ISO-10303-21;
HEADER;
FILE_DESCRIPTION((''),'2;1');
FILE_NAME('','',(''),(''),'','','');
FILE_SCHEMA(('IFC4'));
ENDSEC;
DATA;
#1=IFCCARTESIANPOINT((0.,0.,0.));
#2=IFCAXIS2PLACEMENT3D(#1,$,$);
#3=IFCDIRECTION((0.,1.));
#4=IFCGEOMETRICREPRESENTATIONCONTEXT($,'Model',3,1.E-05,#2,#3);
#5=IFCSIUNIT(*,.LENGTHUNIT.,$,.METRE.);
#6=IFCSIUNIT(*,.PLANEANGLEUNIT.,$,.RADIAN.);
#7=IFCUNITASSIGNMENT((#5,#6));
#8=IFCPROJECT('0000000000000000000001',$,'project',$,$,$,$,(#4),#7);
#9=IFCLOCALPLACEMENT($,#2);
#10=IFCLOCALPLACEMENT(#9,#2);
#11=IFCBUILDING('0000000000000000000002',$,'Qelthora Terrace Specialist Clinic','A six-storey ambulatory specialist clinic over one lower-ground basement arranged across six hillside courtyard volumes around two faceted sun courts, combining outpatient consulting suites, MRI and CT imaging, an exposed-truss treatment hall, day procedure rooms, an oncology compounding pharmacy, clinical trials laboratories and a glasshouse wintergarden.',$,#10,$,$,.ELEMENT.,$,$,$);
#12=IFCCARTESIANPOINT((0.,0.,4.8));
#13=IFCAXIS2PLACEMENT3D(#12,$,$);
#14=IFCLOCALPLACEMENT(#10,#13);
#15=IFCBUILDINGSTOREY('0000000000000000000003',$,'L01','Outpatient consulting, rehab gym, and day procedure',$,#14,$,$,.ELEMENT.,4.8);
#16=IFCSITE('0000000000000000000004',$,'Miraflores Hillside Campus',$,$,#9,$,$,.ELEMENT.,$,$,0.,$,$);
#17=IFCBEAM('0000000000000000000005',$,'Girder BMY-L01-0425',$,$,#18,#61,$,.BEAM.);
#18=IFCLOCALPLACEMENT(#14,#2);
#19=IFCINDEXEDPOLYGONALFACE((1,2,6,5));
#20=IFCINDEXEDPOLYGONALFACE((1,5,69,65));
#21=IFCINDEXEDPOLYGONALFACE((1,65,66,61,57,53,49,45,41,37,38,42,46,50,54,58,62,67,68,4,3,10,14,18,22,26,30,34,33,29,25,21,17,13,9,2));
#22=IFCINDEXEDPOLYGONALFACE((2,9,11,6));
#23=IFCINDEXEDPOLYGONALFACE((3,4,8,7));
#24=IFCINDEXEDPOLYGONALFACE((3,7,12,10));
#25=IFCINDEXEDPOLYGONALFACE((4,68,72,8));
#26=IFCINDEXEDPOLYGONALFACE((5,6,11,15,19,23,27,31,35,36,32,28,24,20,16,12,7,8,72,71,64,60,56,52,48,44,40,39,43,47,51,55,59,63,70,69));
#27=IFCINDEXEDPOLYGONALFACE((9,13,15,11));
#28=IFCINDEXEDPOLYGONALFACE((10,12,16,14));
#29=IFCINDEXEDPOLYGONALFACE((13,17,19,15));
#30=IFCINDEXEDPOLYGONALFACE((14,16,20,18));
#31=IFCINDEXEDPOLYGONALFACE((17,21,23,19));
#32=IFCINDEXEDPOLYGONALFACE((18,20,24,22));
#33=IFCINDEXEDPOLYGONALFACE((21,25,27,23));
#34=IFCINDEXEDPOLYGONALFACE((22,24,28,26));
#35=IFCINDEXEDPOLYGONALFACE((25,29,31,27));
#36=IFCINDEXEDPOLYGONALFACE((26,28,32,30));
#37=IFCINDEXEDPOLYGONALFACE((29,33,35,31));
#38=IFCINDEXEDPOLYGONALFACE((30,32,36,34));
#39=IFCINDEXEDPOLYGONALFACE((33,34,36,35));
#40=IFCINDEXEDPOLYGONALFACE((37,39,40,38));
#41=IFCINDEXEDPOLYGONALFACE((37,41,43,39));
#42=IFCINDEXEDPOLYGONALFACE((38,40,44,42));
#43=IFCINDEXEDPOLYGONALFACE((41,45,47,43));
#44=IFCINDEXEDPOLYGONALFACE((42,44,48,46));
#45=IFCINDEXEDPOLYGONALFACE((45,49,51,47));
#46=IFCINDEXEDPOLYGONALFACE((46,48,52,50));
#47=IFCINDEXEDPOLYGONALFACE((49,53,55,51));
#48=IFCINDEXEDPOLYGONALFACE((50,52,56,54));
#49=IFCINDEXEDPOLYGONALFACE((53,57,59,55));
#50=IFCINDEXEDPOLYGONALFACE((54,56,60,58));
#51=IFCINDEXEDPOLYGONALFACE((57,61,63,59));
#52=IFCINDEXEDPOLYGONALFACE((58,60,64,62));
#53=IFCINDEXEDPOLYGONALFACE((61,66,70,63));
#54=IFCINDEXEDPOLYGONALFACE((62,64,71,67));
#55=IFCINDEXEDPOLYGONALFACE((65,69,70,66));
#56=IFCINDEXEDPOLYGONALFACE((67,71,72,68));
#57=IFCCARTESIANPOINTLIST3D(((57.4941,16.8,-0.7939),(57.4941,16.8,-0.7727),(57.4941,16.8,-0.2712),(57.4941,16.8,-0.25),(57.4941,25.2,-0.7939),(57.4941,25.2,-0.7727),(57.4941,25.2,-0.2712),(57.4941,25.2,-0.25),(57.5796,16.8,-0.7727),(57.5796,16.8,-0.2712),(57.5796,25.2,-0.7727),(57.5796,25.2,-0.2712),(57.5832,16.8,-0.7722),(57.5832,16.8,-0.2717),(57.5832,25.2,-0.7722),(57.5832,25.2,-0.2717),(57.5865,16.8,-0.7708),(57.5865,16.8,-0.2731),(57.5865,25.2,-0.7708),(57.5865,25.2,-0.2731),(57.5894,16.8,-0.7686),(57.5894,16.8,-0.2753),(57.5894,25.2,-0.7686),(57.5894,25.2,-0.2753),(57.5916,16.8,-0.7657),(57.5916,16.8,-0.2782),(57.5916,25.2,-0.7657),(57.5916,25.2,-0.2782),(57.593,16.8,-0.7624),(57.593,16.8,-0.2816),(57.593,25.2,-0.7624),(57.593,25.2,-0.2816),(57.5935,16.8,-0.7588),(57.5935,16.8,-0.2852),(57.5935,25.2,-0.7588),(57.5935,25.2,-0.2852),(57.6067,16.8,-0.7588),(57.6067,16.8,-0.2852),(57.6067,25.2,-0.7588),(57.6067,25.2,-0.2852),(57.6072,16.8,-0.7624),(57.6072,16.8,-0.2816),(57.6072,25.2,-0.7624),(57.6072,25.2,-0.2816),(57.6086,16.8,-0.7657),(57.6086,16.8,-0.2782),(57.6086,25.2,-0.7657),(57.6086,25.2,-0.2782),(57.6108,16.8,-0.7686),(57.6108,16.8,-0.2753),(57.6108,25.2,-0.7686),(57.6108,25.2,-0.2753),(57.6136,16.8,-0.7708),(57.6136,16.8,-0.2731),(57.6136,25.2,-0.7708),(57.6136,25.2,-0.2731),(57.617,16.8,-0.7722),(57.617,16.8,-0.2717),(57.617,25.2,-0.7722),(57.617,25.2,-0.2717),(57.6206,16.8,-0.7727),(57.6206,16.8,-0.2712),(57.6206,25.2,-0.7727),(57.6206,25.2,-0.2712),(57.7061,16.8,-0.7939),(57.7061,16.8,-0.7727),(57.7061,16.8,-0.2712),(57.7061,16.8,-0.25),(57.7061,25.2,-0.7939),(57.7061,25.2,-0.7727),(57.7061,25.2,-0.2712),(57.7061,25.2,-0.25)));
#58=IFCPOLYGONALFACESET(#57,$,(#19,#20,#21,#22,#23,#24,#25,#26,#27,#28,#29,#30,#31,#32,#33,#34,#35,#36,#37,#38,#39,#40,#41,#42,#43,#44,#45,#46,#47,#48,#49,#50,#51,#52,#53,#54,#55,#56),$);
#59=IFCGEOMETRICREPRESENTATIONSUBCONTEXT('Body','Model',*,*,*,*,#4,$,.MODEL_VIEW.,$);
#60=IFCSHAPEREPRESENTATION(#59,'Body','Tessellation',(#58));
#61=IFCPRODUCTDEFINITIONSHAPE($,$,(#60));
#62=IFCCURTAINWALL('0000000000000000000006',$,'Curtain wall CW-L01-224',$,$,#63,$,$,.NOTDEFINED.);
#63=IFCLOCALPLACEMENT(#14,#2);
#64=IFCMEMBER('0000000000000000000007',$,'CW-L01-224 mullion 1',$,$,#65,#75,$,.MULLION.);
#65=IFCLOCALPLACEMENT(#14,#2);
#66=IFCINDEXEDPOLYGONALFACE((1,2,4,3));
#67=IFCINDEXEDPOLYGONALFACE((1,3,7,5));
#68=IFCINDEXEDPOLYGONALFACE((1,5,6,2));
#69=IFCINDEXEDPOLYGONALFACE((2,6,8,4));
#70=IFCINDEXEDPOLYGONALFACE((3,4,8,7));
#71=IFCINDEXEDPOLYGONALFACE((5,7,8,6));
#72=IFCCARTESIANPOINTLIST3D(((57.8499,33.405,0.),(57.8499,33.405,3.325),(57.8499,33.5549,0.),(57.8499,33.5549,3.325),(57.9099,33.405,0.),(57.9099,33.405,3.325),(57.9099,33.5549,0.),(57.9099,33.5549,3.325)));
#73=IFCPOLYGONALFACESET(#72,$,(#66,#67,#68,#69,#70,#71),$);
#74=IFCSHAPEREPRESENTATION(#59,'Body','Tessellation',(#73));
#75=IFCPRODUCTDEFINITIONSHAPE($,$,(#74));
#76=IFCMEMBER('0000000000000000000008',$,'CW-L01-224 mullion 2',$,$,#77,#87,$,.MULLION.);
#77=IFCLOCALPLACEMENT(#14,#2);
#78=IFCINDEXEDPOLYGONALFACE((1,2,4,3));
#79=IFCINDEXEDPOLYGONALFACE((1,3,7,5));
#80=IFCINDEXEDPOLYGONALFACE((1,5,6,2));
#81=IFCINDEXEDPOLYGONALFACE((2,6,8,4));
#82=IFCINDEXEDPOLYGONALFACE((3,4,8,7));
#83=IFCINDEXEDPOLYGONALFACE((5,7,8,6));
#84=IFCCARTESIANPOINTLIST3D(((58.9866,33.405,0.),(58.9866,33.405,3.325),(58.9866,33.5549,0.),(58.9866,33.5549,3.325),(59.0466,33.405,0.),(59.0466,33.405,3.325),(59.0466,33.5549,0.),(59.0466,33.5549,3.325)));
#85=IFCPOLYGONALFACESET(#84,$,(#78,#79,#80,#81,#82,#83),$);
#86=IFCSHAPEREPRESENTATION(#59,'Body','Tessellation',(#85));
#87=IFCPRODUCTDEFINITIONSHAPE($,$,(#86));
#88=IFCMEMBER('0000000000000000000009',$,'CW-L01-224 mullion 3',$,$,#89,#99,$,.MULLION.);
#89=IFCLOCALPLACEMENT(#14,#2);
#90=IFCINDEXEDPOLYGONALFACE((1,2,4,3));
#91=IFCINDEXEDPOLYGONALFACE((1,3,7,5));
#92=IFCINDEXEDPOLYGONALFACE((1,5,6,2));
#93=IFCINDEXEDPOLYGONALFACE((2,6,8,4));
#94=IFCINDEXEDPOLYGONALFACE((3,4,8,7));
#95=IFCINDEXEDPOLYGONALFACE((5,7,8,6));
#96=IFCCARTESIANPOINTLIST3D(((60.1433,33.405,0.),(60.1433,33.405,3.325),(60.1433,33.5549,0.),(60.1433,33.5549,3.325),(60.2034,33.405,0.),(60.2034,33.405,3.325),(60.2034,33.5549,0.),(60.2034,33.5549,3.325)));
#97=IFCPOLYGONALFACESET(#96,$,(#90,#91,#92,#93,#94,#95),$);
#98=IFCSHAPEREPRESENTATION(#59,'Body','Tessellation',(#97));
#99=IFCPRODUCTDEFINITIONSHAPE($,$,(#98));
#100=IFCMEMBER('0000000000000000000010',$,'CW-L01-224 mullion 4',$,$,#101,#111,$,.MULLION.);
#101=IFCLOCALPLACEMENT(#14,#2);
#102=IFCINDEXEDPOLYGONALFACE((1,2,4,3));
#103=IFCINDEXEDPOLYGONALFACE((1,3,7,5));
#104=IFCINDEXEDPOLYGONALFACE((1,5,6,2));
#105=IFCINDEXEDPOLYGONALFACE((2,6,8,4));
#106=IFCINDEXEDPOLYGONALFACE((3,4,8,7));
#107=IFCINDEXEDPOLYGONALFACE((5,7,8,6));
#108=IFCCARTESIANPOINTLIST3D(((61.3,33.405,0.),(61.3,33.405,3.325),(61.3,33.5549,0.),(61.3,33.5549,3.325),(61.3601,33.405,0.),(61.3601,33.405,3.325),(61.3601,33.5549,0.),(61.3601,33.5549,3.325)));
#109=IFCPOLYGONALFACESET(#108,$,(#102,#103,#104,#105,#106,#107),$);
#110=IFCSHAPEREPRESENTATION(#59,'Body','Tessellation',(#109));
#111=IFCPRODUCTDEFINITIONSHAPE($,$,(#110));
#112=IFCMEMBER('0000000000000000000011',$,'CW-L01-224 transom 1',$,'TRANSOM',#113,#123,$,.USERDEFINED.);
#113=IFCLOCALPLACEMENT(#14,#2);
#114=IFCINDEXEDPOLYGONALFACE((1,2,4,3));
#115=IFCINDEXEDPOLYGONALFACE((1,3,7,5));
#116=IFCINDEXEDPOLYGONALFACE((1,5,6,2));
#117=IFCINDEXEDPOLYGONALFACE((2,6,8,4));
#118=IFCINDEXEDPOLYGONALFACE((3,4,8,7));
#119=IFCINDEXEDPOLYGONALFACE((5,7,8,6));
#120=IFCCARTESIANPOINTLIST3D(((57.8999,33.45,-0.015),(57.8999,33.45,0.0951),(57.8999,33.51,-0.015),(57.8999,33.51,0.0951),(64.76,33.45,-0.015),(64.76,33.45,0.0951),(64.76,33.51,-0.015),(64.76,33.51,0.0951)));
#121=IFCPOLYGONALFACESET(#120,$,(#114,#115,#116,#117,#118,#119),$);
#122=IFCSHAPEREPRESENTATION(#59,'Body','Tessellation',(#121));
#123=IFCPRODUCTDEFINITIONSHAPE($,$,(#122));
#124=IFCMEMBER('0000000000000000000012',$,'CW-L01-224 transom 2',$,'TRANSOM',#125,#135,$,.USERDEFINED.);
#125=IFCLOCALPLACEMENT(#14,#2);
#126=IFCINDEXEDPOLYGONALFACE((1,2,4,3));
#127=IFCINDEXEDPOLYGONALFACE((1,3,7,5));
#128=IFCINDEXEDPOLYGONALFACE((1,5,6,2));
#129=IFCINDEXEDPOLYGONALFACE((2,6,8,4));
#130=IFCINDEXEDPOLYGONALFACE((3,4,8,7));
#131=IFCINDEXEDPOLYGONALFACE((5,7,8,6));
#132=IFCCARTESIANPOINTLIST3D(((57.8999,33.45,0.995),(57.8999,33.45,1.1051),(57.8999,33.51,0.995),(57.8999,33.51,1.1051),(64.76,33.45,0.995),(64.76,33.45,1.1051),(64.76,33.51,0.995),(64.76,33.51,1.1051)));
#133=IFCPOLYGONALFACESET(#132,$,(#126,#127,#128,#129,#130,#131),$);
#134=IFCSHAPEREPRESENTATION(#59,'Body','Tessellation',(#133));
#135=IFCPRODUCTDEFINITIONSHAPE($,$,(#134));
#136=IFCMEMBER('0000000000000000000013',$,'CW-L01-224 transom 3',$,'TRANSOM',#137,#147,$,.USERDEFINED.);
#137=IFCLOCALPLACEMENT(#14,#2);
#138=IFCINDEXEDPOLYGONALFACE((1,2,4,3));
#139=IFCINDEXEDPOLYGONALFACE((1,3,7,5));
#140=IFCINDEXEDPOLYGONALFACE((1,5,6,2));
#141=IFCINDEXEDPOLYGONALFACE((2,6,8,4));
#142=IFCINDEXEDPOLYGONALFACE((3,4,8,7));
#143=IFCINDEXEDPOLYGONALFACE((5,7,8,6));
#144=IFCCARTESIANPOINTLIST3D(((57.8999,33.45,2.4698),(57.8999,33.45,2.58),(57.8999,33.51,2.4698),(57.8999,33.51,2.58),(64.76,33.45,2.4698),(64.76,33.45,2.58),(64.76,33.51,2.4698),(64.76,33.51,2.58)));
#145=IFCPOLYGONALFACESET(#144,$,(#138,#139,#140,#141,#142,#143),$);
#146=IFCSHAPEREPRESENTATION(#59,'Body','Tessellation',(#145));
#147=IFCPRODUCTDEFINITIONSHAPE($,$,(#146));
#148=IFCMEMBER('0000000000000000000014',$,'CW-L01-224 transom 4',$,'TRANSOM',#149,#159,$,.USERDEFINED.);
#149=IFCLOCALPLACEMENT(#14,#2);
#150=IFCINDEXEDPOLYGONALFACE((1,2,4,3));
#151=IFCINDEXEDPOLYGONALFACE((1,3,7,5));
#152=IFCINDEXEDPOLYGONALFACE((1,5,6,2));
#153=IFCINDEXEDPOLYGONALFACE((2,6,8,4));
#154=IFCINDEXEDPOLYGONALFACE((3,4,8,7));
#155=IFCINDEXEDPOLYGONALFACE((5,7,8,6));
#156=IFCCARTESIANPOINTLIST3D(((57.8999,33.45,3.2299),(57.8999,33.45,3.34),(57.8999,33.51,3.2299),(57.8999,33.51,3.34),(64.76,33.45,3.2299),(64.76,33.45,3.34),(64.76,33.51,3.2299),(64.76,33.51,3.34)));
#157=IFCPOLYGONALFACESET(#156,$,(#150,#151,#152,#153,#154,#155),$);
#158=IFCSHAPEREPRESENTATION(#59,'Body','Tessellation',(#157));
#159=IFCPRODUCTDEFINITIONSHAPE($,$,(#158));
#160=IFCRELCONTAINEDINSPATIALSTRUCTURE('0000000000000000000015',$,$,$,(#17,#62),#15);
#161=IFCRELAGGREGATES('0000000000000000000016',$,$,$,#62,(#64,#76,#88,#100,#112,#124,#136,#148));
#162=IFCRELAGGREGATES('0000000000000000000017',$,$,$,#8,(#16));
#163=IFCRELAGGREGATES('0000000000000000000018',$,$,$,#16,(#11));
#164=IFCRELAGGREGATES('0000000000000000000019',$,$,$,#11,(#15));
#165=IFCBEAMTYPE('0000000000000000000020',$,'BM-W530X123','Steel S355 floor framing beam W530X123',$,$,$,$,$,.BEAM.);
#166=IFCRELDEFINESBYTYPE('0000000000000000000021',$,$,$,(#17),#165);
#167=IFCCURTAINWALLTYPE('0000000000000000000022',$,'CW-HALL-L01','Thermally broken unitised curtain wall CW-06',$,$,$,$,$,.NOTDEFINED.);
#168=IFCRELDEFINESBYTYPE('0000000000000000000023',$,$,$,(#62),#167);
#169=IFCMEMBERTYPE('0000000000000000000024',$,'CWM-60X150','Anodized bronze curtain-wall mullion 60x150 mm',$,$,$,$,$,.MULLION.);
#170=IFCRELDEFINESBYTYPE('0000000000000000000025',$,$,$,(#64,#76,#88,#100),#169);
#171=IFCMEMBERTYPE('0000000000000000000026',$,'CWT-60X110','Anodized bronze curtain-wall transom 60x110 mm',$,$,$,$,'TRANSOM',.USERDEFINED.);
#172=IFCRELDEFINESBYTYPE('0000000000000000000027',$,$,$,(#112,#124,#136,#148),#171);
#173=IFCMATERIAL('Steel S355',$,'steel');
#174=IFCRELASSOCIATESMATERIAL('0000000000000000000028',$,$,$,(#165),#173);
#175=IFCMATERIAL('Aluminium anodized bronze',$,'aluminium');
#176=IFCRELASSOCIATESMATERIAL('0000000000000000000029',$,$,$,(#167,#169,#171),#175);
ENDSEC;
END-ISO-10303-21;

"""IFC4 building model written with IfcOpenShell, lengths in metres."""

from ifc_helpers import new_model, si_unit, direction, frame, origin, origin_2d, place, context, subcontext, project, spatial, rectangle, i_section, extrude, material, material_profile, profile_set, type_object, element, aggregate, save


model = new_model("IFC4")

# Units and contexts
model_context = context("Model", 3, precision=1e-05, world=origin(), true_north=direction((0.0, 1.0)))
body_context = subcontext(model_context, "Body", "Model", "MODEL_VIEW")
ifc_project = project(units=[si_unit("LENGTHUNIT", "METRE"), si_unit("PLANEANGLEUNIT", "RADIAN")], contexts=[model_context])

# Site, building, storey
site_placement = place(None, origin())
site = spatial("IfcSite", under=ifc_project, at=site_placement, Name="Miraflores Hillside Campus", CompositionType="ELEMENT", RefElevation=0.0)
building_placement = place(site_placement, origin())
building = spatial("IfcBuilding", under=site, at=building_placement, Name="Qelthora Terrace Specialist Clinic", Description="A six-storey ambulatory specialist clinic over one lower-ground basement arranged across six hillside courtyard volumes around two faceted sun courts, combining outpatient consulting suites, MRI and CT imaging, an exposed-truss treatment hall, day procedure rooms, an oncology compounding pharmacy, clinical trials laboratories and a glasshouse wintergarden.", CompositionType="ELEMENT")
storey_placement = place(building_placement, frame((0.0, 0.0, 4.8)))
storey = spatial("IfcBuildingStorey", under=building, at=storey_placement, Name="L01", Description="Outpatient consulting, rehab gym, and day procedure", CompositionType="ELEMENT", Elevation=4.8)

# Shared definitions
ifc_material_1 = material(Name="Steel S355", Category="steel")

# Beam
ifc_material_profile_1 = material_profile(ifc_material_1, i_section(OverallWidth=0.2119, OverallDepth=0.5439, WebThickness=0.0132, FlangeThickness=0.0212, FilletRadius=0.0139, at=origin_2d()), Name="W530X123")
ifc_profile_set_1 = profile_set([ifc_material_profile_1], Name="Steel S355")
beam_type_1 = type_object("IfcBeamType", Name="BM-W530X123", Description="Steel S355 floor framing beam W530X123", PredefinedType="BEAM", material=ifc_profile_set_1)
beam_1_placement = place(storey_placement, frame((57.6001, 16.8, -0.522), z_axis=(0.0, 1.0, 0.0), x_axis=(-1.0, 0.0, 0.0)))
element("IfcBeam", 1, at=beam_1_placement, inside=storey, type_object=beam_type_1, Name="Girder BMY-L01-0425", PredefinedType="BEAM", context=body_context, shape_type="SweptSolid", body=[
    extrude(i_section(OverallWidth=0.2119, OverallDepth=0.5439, WebThickness=0.0132, FlangeThickness=0.0212, FilletRadius=0.0139, at=origin_2d()), origin(), (0.0, 0.0, 1.0), 8.3999),
])

# Curtain wall, members
ifc_material_2 = material(Name="Aluminium anodized bronze", Category="aluminium")
curtain_wall_type = type_object("IfcCurtainWallType", Name="CW-HALL-L01", Description="Thermally broken unitised curtain wall CW-06", PredefinedType="NOTDEFINED", material=ifc_material_2)
curtain_wall_placement = place(storey_placement, origin())
curtain_wall = element("IfcCurtainWall", 2, at=curtain_wall_placement, inside=storey, type_object=curtain_wall_type, Name="Curtain wall CW-L01-224", PredefinedType="NOTDEFINED")
ifc_material_profile_2 = material_profile(ifc_material_2, rectangle(XDim=0.0601, YDim=0.1499, at=origin_2d()), Name="CWM60X150")
ifc_profile_set_2 = profile_set([ifc_material_profile_2], Name="Aluminium anodized bronze")
member_type_1 = type_object("IfcMemberType", Name="CWM-60X150", Description="Anodized bronze curtain-wall mullion 60x150 mm", PredefinedType="MULLION", material=ifc_profile_set_2)
member_1_placement = place(storey_placement, frame((57.8799, 33.48, 0.0), z_axis=(0.0, 0.0, 1.0), x_axis=(1.0, 0.0, 0.0)))
member_1 = element("IfcMember", 3, at=member_1_placement, type_object=member_type_1, Name="CW-L01-224 mullion 1", PredefinedType="MULLION", context=body_context, shape_type="SweptSolid", body=[
    extrude(rectangle(XDim=0.0601, YDim=0.1499, at=origin_2d()), origin(), (0.0, 0.0, 1.0), 3.325),
])
member_2_placement = place(storey_placement, frame((59.0166, 33.48, 0.0), z_axis=(0.0, 0.0, 1.0), x_axis=(1.0, 0.0, 0.0)))
member_2 = element("IfcMember", 4, at=member_2_placement, type_object=member_type_1, Name="CW-L01-224 mullion 2", PredefinedType="MULLION", context=body_context, shape_type="SweptSolid", body=[
    extrude(rectangle(XDim=0.0601, YDim=0.1499, at=origin_2d()), origin(), (0.0, 0.0, 1.0), 3.325),
])
member_3_placement = place(storey_placement, frame((60.1733, 33.48, 0.0), z_axis=(0.0, 0.0, 1.0), x_axis=(1.0, 0.0, 0.0)))
member_3 = element("IfcMember", 5, at=member_3_placement, type_object=member_type_1, Name="CW-L01-224 mullion 3", PredefinedType="MULLION", context=body_context, shape_type="SweptSolid", body=[
    extrude(rectangle(XDim=0.0601, YDim=0.1499, at=origin_2d()), origin(), (0.0, 0.0, 1.0), 3.325),
])
member_4_placement = place(storey_placement, frame((61.3301, 33.48, 0.0), z_axis=(0.0, 0.0, 1.0), x_axis=(1.0, 0.0, 0.0)))
member_4 = element("IfcMember", 6, at=member_4_placement, type_object=member_type_1, Name="CW-L01-224 mullion 4", PredefinedType="MULLION", context=body_context, shape_type="SweptSolid", body=[
    extrude(rectangle(XDim=0.0601, YDim=0.1499, at=origin_2d()), origin(), (0.0, 0.0, 1.0), 3.325),
])
ifc_material_profile_3 = material_profile(ifc_material_2, rectangle(XDim=0.0601, YDim=0.1101, at=origin_2d()), Name="CWT60X110")
ifc_profile_set_3 = profile_set([ifc_material_profile_3], Name="Aluminium anodized bronze")
member_type_2 = type_object("IfcMemberType", Name="CWT-60X110", Description="Anodized bronze curtain-wall transom 60x110 mm", ElementType="TRANSOM", PredefinedType="USERDEFINED", material=ifc_profile_set_3)
member_5_placement = place(storey_placement, frame((57.8999, 33.48, 0.04), z_axis=(1.0, 0.0, 0.0), x_axis=(0.0, 1.0, 0.0)))
member_5 = element("IfcMember", 7, at=member_5_placement, type_object=member_type_2, Name="CW-L01-224 transom 1", ObjectType="TRANSOM", PredefinedType="USERDEFINED", context=body_context, shape_type="SweptSolid", body=[
    extrude(rectangle(XDim=0.0601, YDim=0.1101, at=origin_2d()), origin(), (0.0, 0.0, 1.0), 6.8601),
])
member_6_placement = place(storey_placement, frame((57.8999, 33.48, 1.05), z_axis=(1.0, 0.0, 0.0), x_axis=(0.0, 1.0, 0.0)))
member_6 = element("IfcMember", 8, at=member_6_placement, type_object=member_type_2, Name="CW-L01-224 transom 2", ObjectType="TRANSOM", PredefinedType="USERDEFINED", context=body_context, shape_type="SweptSolid", body=[
    extrude(rectangle(XDim=0.0601, YDim=0.1101, at=origin_2d()), origin(), (0.0, 0.0, 1.0), 6.8601),
])
member_7_placement = place(storey_placement, frame((57.8999, 33.48, 2.5249), z_axis=(1.0, 0.0, 0.0), x_axis=(0.0, 1.0, 0.0)))
member_7 = element("IfcMember", 9, at=member_7_placement, type_object=member_type_2, Name="CW-L01-224 transom 3", ObjectType="TRANSOM", PredefinedType="USERDEFINED", context=body_context, shape_type="SweptSolid", body=[
    extrude(rectangle(XDim=0.0601, YDim=0.1101, at=origin_2d()), origin(), (0.0, 0.0, 1.0), 6.8601),
])
member_8_placement = place(storey_placement, frame((57.8999, 33.48, 3.2849), z_axis=(1.0, 0.0, 0.0), x_axis=(0.0, 1.0, 0.0)))
member_8 = element("IfcMember", 10, at=member_8_placement, type_object=member_type_2, Name="CW-L01-224 transom 4", ObjectType="TRANSOM", PredefinedType="USERDEFINED", context=body_context, shape_type="SweptSolid", body=[
    extrude(rectangle(XDim=0.0601, YDim=0.1101, at=origin_2d()), origin(), (0.0, 0.0, 1.0), 6.8601),
])

aggregate(curtain_wall, [member_1, member_2, member_3, member_4, member_5, member_6, member_7, member_8])

save(model, "model.ifc")
